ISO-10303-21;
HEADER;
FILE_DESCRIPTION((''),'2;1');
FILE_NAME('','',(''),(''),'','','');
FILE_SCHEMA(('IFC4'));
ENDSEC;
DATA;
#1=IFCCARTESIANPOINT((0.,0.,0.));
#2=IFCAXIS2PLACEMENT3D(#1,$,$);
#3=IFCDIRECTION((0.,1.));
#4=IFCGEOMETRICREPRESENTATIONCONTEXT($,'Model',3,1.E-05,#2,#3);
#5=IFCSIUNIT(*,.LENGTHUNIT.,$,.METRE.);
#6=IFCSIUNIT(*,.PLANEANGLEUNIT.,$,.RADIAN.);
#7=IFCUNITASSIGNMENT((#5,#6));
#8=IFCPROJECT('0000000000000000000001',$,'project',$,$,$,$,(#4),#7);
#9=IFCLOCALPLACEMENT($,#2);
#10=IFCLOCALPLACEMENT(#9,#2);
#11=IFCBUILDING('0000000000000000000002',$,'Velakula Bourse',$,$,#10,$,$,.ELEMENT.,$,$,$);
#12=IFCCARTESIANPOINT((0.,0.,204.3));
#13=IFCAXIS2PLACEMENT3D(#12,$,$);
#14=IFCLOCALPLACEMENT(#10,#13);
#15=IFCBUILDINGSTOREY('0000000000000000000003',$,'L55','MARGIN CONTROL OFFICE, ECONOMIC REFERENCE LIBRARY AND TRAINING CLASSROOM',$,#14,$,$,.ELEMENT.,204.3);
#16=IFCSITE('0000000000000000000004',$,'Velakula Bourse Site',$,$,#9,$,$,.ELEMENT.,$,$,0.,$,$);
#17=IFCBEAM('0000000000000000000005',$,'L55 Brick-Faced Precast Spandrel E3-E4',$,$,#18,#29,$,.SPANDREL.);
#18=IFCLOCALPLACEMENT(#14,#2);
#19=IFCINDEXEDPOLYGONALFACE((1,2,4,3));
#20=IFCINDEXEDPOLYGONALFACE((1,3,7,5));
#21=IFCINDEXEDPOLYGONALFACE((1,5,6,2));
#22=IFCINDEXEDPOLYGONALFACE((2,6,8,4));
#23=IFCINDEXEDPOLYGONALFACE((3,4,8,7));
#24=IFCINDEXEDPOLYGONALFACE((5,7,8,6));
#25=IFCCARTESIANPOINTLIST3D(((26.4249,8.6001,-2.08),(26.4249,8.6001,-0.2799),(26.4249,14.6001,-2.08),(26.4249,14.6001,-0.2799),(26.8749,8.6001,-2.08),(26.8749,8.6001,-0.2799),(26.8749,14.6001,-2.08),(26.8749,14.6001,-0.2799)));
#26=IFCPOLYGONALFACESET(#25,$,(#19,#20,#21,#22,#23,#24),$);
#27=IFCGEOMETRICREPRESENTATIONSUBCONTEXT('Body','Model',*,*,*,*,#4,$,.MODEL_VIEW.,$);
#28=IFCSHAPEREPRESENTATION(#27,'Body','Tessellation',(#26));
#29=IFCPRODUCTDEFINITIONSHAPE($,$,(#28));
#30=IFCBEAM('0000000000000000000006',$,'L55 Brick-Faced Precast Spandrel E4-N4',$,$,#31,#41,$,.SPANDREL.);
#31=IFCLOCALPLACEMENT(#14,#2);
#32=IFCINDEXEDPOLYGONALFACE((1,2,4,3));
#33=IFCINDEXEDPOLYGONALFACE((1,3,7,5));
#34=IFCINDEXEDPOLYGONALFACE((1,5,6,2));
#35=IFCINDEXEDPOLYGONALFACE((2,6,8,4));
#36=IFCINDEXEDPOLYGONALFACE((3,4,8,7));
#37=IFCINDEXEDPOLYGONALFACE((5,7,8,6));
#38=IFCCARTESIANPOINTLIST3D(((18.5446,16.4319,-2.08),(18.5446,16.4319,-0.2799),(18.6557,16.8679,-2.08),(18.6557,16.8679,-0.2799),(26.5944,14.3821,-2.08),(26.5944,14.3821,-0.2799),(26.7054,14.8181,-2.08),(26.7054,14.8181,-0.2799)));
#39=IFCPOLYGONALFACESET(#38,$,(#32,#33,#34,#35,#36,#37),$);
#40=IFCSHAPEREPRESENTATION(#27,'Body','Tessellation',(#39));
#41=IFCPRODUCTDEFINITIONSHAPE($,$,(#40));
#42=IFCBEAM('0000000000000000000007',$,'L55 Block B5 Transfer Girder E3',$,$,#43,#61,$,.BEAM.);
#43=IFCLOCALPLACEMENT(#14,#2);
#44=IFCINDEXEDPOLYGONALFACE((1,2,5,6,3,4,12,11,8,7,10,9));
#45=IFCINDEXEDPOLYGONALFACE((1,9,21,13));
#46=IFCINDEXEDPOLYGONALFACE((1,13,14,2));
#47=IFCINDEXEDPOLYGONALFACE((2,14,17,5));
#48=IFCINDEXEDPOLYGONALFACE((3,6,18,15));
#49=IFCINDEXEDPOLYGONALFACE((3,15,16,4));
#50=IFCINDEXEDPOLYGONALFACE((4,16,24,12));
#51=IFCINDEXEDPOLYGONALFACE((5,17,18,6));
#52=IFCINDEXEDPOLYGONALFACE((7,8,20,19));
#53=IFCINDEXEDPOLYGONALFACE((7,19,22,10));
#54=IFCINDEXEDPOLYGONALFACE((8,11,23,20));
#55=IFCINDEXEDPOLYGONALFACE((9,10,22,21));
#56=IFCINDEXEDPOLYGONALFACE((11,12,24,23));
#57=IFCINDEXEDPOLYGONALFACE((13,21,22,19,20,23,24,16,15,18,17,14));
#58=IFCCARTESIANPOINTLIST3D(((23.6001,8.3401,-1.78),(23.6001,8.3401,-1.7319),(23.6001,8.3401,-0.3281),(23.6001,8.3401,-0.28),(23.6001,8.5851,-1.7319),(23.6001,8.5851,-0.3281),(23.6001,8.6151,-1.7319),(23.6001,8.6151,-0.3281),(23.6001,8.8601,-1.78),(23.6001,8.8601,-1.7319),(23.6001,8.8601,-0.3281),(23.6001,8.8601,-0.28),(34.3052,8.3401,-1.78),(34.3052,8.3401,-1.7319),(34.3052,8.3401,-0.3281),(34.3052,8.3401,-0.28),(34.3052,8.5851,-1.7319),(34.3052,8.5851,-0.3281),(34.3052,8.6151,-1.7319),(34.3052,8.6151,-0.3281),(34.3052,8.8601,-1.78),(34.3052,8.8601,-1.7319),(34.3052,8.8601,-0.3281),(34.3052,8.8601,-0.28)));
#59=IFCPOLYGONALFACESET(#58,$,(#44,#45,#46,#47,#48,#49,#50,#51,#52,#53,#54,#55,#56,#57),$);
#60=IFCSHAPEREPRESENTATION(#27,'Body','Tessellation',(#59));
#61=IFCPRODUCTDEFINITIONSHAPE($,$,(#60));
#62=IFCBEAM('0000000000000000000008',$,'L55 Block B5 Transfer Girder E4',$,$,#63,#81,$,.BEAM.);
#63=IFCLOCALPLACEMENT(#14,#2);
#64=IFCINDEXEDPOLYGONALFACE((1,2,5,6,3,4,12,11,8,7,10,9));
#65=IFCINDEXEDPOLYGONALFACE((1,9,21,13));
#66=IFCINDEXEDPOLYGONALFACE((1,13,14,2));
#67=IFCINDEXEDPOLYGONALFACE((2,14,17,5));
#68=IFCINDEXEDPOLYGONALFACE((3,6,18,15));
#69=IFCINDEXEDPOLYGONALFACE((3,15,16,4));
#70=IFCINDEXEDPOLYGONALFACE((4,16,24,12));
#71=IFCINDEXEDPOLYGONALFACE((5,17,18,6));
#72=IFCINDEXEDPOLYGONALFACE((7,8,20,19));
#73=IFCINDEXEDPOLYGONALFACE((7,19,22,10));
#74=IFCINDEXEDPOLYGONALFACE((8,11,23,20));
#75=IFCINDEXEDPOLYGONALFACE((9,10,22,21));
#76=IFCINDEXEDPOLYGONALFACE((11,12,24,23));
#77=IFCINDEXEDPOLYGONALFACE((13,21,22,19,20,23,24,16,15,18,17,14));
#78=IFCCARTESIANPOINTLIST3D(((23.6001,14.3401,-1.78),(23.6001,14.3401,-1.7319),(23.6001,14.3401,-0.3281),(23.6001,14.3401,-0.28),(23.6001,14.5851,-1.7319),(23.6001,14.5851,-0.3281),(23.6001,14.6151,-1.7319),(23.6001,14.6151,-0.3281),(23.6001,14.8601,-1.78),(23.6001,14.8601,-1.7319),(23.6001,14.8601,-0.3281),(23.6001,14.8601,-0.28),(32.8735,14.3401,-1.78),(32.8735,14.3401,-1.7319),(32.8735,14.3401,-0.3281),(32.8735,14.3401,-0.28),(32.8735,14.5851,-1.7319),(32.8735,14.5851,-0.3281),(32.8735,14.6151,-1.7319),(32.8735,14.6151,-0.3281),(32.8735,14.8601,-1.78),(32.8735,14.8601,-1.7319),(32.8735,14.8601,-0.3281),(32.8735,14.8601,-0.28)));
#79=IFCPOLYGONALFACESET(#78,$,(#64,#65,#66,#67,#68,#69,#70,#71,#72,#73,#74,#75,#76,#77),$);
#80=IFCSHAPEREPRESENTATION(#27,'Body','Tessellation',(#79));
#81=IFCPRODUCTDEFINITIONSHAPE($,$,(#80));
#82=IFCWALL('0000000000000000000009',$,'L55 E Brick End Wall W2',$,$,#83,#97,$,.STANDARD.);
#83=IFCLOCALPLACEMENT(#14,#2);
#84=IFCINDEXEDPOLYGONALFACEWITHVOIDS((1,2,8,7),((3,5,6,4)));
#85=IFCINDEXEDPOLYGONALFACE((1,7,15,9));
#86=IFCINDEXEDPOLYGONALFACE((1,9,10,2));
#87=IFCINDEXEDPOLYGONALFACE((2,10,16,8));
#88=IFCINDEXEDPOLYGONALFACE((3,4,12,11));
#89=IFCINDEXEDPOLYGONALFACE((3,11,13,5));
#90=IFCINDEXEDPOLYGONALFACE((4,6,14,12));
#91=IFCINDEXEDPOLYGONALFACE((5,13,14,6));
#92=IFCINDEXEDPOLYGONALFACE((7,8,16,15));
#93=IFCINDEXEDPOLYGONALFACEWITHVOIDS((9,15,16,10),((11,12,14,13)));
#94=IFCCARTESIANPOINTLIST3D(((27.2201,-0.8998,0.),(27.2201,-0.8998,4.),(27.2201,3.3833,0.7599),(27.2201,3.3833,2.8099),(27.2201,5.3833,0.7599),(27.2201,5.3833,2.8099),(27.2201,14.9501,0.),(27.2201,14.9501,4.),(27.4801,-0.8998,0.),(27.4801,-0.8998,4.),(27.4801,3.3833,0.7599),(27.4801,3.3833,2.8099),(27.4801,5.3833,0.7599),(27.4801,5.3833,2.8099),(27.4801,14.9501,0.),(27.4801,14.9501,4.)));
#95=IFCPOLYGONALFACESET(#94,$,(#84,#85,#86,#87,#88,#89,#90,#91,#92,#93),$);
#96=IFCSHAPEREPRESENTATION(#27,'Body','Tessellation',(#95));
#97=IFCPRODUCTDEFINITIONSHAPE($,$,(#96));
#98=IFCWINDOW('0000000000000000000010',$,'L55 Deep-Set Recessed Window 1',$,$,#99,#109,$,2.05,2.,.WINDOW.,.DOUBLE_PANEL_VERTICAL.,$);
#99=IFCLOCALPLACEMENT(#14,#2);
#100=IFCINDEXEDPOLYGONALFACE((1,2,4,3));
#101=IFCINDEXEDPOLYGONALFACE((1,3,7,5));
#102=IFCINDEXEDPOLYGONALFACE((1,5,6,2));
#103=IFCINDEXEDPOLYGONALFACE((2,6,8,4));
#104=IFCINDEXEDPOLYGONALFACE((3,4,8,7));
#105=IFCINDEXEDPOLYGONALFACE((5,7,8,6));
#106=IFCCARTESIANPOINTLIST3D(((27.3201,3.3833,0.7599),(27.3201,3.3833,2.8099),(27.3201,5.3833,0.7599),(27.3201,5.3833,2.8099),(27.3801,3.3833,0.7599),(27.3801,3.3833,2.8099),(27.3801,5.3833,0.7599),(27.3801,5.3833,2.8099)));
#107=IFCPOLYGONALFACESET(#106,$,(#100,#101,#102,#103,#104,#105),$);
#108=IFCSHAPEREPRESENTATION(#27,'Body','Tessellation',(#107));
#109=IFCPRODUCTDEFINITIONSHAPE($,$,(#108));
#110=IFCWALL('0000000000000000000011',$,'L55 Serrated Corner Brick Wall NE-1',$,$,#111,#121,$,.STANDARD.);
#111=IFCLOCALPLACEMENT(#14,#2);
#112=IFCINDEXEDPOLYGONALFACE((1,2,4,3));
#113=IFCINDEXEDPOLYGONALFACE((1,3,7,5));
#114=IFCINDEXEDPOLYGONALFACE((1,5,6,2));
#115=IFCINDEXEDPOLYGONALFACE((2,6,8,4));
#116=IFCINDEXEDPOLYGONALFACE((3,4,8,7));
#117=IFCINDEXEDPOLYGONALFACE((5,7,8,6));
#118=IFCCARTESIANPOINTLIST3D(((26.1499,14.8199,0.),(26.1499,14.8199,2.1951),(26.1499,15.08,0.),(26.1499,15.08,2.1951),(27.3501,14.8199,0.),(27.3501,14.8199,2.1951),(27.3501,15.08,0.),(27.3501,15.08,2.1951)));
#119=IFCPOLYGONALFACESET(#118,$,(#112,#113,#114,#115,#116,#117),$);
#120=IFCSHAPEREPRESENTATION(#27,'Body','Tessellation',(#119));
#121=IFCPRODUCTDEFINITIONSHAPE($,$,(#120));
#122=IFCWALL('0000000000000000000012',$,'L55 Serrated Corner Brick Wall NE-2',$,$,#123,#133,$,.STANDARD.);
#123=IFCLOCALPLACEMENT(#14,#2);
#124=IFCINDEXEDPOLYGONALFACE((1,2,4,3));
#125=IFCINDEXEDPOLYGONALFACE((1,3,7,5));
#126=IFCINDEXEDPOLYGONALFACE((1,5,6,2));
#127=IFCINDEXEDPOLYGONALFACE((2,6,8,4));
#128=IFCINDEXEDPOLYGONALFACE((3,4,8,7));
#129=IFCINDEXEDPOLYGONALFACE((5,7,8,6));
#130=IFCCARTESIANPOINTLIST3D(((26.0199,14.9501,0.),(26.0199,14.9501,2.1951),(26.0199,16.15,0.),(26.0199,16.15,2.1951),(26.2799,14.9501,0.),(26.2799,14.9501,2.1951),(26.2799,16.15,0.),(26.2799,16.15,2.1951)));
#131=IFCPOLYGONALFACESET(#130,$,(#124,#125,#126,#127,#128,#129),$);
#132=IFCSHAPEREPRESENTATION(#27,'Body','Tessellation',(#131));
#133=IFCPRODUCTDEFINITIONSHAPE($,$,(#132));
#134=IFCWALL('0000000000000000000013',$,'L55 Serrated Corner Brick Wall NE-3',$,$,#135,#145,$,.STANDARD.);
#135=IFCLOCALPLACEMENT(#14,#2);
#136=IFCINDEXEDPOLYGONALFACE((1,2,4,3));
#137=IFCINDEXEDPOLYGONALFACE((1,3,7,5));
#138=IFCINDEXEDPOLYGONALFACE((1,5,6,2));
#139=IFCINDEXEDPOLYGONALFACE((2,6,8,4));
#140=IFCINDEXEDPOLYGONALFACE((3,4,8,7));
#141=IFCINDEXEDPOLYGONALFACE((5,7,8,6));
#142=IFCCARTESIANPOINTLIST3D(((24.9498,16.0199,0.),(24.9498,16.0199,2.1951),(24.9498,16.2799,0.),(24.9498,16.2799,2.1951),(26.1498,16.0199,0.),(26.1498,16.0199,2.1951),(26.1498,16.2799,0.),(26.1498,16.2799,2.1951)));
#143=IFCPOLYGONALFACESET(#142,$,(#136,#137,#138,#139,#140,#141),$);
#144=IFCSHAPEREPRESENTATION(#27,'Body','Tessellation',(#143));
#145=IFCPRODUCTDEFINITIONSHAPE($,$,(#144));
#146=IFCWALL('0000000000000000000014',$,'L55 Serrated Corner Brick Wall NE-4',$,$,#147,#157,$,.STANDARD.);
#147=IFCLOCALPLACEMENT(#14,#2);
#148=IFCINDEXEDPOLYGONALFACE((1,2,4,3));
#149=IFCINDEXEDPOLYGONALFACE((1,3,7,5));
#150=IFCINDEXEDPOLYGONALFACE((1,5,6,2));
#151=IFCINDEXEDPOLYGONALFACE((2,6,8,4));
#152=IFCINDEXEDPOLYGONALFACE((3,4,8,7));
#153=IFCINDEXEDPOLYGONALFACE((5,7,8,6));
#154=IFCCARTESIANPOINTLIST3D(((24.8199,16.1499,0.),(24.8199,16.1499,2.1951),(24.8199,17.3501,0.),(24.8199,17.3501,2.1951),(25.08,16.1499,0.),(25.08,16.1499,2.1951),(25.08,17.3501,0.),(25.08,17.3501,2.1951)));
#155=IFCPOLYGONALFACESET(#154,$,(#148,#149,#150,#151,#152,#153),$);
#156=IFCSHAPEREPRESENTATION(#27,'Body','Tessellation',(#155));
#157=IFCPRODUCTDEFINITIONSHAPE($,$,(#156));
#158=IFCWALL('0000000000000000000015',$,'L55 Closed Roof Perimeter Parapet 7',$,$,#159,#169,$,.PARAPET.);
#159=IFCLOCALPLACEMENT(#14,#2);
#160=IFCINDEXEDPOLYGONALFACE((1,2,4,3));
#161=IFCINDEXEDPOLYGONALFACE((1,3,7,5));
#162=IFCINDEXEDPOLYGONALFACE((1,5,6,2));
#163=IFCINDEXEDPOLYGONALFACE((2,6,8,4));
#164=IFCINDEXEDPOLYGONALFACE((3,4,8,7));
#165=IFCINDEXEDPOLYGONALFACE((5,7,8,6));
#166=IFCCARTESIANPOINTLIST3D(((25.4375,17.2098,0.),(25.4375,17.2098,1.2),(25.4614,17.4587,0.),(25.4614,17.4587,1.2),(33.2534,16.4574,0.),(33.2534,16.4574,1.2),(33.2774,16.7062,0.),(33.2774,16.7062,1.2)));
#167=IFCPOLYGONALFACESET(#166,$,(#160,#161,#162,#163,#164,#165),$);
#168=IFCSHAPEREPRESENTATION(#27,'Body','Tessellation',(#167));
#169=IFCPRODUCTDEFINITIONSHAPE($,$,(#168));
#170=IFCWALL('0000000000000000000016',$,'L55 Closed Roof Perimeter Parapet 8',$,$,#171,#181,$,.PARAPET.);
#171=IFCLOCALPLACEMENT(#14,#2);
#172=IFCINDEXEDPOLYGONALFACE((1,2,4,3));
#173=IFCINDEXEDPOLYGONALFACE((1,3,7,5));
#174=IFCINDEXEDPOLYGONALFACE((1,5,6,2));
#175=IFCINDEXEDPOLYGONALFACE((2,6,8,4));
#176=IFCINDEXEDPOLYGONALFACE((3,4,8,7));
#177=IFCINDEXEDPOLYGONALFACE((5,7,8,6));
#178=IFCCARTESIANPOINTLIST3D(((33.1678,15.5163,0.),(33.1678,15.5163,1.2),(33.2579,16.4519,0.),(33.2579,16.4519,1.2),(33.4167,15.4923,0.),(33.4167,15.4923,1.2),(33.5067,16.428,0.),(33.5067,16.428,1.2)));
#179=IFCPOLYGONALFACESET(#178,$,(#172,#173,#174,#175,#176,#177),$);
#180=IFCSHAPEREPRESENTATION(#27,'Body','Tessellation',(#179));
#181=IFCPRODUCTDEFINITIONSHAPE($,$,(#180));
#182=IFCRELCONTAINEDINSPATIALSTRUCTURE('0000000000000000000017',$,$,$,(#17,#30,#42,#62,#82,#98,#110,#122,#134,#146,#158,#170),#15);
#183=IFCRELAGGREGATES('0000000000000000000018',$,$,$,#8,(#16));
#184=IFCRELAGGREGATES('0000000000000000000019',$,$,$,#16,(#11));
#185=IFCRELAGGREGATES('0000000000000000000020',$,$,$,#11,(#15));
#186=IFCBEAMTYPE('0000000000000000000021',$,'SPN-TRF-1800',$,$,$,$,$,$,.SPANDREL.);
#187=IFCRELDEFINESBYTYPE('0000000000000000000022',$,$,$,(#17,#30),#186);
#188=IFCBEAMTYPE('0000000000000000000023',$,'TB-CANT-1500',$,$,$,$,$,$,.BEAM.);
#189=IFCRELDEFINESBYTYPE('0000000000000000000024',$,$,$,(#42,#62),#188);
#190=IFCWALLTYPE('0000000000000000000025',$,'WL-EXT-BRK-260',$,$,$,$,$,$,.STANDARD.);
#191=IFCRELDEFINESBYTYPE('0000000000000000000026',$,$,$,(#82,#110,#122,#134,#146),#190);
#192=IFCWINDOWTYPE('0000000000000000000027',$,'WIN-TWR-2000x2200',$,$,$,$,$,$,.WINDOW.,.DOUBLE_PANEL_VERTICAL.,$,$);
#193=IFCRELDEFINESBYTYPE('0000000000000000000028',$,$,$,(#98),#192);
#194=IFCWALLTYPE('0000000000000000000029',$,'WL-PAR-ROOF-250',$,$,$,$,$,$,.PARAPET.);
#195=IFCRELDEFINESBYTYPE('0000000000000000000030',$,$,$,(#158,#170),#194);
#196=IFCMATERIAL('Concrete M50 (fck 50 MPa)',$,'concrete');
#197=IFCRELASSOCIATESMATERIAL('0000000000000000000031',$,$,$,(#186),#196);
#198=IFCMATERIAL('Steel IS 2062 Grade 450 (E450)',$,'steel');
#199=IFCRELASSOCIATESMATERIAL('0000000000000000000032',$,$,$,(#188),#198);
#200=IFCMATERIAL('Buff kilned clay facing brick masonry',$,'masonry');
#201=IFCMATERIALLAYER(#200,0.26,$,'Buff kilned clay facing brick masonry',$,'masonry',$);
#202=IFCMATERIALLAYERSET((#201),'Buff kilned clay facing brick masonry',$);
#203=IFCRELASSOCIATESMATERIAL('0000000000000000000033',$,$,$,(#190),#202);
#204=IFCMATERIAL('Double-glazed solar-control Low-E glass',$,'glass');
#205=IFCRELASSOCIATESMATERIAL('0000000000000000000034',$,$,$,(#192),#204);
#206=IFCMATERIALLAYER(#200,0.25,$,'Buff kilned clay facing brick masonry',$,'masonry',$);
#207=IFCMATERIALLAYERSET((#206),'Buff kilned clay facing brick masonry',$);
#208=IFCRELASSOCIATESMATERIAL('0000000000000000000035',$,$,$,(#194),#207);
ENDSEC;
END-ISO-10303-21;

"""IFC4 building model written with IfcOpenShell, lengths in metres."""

from ifc_helpers import new_model, si_unit, direction, frame, frame_2d, origin, origin_2d, place, context, subcontext, project, spatial, rectangle, i_section, extrude, material, layer, layer_set, material_profile, profile_set, type_object, element, fill, save


model = new_model("IFC4")

# Units and contexts
model_context = context("Model", 3, precision=1e-05, world=origin(), true_north=direction((0.0, 1.0)))
body_context = subcontext(model_context, "Body", "Model", "MODEL_VIEW")
ifc_project = project(units=[si_unit("LENGTHUNIT", "METRE"), si_unit("PLANEANGLEUNIT", "RADIAN")], contexts=[model_context])

# Site, building, storey
site_placement = place(None, origin())
site = spatial("IfcSite", under=ifc_project, at=site_placement, Name="Velakula Bourse Site", CompositionType="ELEMENT", RefElevation=0.0)
building_placement = place(site_placement, origin())
building = spatial("IfcBuilding", under=site, at=building_placement, Name="Velakula Bourse", CompositionType="ELEMENT")
storey_placement = place(building_placement, frame((0.0, 0.0, 204.3)))
storey = spatial("IfcBuildingStorey", under=building, at=storey_placement, Name="L55", Description="MARGIN CONTROL OFFICE, ECONOMIC REFERENCE LIBRARY AND TRAINING CLASSROOM", CompositionType="ELEMENT", Elevation=204.3)

# Beams
ifc_material_1 = material(Name="Concrete M50 (fck 50 MPa)", Category="concrete")
ifc_material_profile_1 = material_profile(ifc_material_1, rectangle(XDim=0.45, YDim=1.8, at=origin_2d()), Name="Concrete M50 (fck 50 MPa)")
ifc_profile_set_1 = profile_set([ifc_material_profile_1], Name="Concrete M50 (fck 50 MPa)")
beam_type_1 = type_object("IfcBeamType", Name="SPN-TRF-1800", PredefinedType="SPANDREL", material=ifc_profile_set_1)
beam_1_placement = place(storey_placement, frame((26.6499, 8.6001, -1.1799), z_axis=(0.0, 1.0, 0.0), x_axis=(-1.0, 0.0, 0.0)))
element("IfcBeam", 1, at=beam_1_placement, inside=storey, type_object=beam_type_1, Name="L55 Brick-Faced Precast Spandrel E3-E4", PredefinedType="SPANDREL", context=body_context, shape_type="SweptSolid", body=[
    extrude(rectangle(XDim=0.45, YDim=1.8, at=origin_2d()), origin(), (0.0, 0.0, 1.0), 6.0),
])
beam_2_placement = place(storey_placement, frame((26.6499, 14.6001, -1.1799), z_axis=(-0.969075, 0.246766, 0.0), x_axis=(-0.246766, -0.969075, 0.0)))
element("IfcBeam", 2, at=beam_2_placement, inside=storey, type_object=beam_type_1, Name="L55 Brick-Faced Precast Spandrel E4-N4", PredefinedType="SPANDREL", context=body_context, shape_type="SweptSolid", body=[
    extrude(rectangle(XDim=0.45, YDim=1.8, at=origin_2d()), origin(), (0.0, 0.0, 1.0), 8.3066),
])
ifc_material_2 = material(Name="Steel IS 2062 Grade 450 (E450)", Category="steel")
ifc_material_profile_2 = material_profile(ifc_material_2, i_section(OverallWidth=0.52, OverallDepth=1.5, WebThickness=0.03, FlangeThickness=0.0481, at=origin_2d()), Name="Steel IS 2062 Grade 450 (E450)")
ifc_profile_set_2 = profile_set([ifc_material_profile_2], Name="Steel IS 2062 Grade 450 (E450)")
beam_type_2 = type_object("IfcBeamType", Name="TB-CANT-1500", PredefinedType="BEAM", material=ifc_profile_set_2)
beam_3_placement = place(storey_placement, frame((23.6001, 8.6001, -1.03), z_axis=(1.0, 0.0, 0.0), x_axis=(0.0, 1.0, 0.0)))
element("IfcBeam", 3, at=beam_3_placement, inside=storey, type_object=beam_type_2, Name="L55 Block B5 Transfer Girder E3", PredefinedType="BEAM", context=body_context, shape_type="SweptSolid", body=[
    extrude(i_section(OverallWidth=0.52, OverallDepth=1.5, WebThickness=0.03, FlangeThickness=0.0481, at=origin_2d()), origin(), (0.0, 0.0, 1.0), 10.7051),
])
beam_4_placement = place(storey_placement, frame((23.6001, 14.6001, -1.03), z_axis=(1.0, 0.0, 0.0), x_axis=(0.0, 1.0, 0.0)))
element("IfcBeam", 4, at=beam_4_placement, inside=storey, type_object=beam_type_2, Name="L55 Block B5 Transfer Girder E4", PredefinedType="BEAM", context=body_context, shape_type="SweptSolid", body=[
    extrude(i_section(OverallWidth=0.52, OverallDepth=1.5, WebThickness=0.03, FlangeThickness=0.0481, at=origin_2d()), origin(), (0.0, 0.0, 1.0), 9.2734),
])

# Wall, opening, window
ifc_material_3 = material(Name="Buff kilned clay facing brick masonry", Category="masonry")
ifc_layer_1 = layer(ifc_material_3, 0.26, Name="Buff kilned clay facing brick masonry", Category="masonry")
ifc_layer_set_1 = layer_set([ifc_layer_1], Name="Buff kilned clay facing brick masonry")
wall_type_1 = type_object("IfcWallType", Name="WL-EXT-BRK-260", PredefinedType="STANDARD", material=ifc_layer_set_1)
wall_1_placement = place(storey_placement, frame((27.3501, 14.95, 0.0), z_axis=(0.0, 0.0, 1.0), x_axis=(0.0, -1.0, 0.0)))
wall_1 = element("IfcWall", 5, at=wall_1_placement, inside=storey, type_object=wall_type_1, Name="L55 E Brick End Wall W2", PredefinedType="STANDARD", context=body_context, shape_type="SweptSolid", body=[
    extrude(rectangle(XDim=15.8499, YDim=0.26, at=frame_2d((7.9248, 0.0))), origin(), (0.0, 0.0, 1.0), 4.0),
])
opening_placement = place(wall_1_placement, frame((9.5667, 0.0, 0.76)))
opening = element("IfcOpeningElement", 6, at=opening_placement, cuts=wall_1, PredefinedType="OPENING", context=body_context, shape_type="SweptSolid", body=[
    extrude(rectangle(XDim=2.0, YDim=2.05, at=frame_2d((1.0, 1.0249))), frame((0.0, 0.1399, 0.0), z_axis=(0.0, -1.0, 0.0), x_axis=(1.0, 0.0, 0.0)), (0.0, 0.0, 1.0), 0.28),
])
ifc_material_4 = material(Name="Double-glazed solar-control Low-E glass", Category="glass")
window_type = type_object("IfcWindowType", Name="WIN-TWR-2000x2200", PartitioningType="DOUBLE_PANEL_VERTICAL", PredefinedType="WINDOW", material=ifc_material_4)
window_placement = place(opening_placement, origin())
window = element("IfcWindow", 7, at=window_placement, inside=storey, type_object=window_type, Name="L55 Deep-Set Recessed Window 1", OverallHeight=2.05, OverallWidth=2.0, PartitioningType="DOUBLE_PANEL_VERTICAL", PredefinedType="WINDOW", context=body_context, shape_type="SweptSolid", body=[
    extrude(rectangle(XDim=2.0, YDim=2.05, at=frame_2d((1.0, 1.0249))), frame((0.0, 0.03, 0.0), z_axis=(0.0, -1.0, 0.0), x_axis=(1.0, 0.0, 0.0)), (0.0, 0.0, 1.0), 0.0601),
])
fill(opening, window)

# Walls
wall_2_placement = place(storey_placement, frame((27.3501, 14.95, 0.0), z_axis=(0.0, 0.0, 1.0), x_axis=(-1.0, 0.0, 0.0)))
element("IfcWall", 8, at=wall_2_placement, inside=storey, type_object=wall_type_1, Name="L55 Serrated Corner Brick Wall NE-1", PredefinedType="STANDARD", context=body_context, shape_type="SweptSolid", body=[
    extrude(rectangle(XDim=1.2002, YDim=0.26, at=frame_2d((0.6001, 0.0))), origin(), (0.0, 0.0, 1.0), 2.1951),
])
for number, where, z_axis, x_axis, name in (
    (9, (26.1499, 14.95, 0.0), (0.0, 0.0, 1.0), (0.0, 1.0, 0.0), "L55 Serrated Corner Brick Wall NE-2"),
    (10, (26.1499, 16.1499, 0.0), (0.0, 0.0, 1.0), (-1.0, 0.0, 0.0), "L55 Serrated Corner Brick Wall NE-3"),
):
    element("IfcWall", number, at=place(storey_placement, frame(where, z_axis=z_axis, x_axis=x_axis)), inside=storey, type_object=wall_type_1, Name=name, PredefinedType="STANDARD", context=body_context, shape_type="SweptSolid", body=[
        extrude(rectangle(XDim=1.2, YDim=0.26, at=frame_2d((0.6001, 0.0))), origin(), (0.0, 0.0, 1.0), 2.1951),
    ])
wall_3_placement = place(storey_placement, frame((24.95, 16.1499, 0.0), z_axis=(0.0, 0.0, 1.0), x_axis=(0.0, 1.0, 0.0)))
element("IfcWall", 11, at=wall_3_placement, inside=storey, type_object=wall_type_1, Name="L55 Serrated Corner Brick Wall NE-4", PredefinedType="STANDARD", context=body_context, shape_type="SweptSolid", body=[
    extrude(rectangle(XDim=1.2002, YDim=0.26, at=frame_2d((0.6001, 0.0))), origin(), (0.0, 0.0, 1.0), 2.1951),
])
ifc_layer_2 = layer(ifc_material_3, 0.25, Name="Buff kilned clay facing brick masonry", Category="masonry")
ifc_layer_set_2 = layer_set([ifc_layer_2], Name="Buff kilned clay facing brick masonry")
wall_type_2 = type_object("IfcWallType", Name="WL-PAR-ROOF-250", PredefinedType="PARAPET", material=ifc_layer_set_2)
wall_4_placement = place(storey_placement, frame((25.4495, 17.3342, 0.0), z_axis=(0.0, 0.0, 1.0), x_axis=(0.995398, -0.095827, 0.0)))
element("IfcWall", 12, at=wall_4_placement, inside=storey, type_object=wall_type_2, Name="L55 Closed Roof Perimeter Parapet 7", PredefinedType="PARAPET", context=body_context, shape_type="SweptSolid", body=[
    extrude(rectangle(XDim=7.8521, YDim=0.25, at=frame_2d((3.926, 0.0))), origin(), (0.0, 0.0, 1.0), 1.2),
])
wall_5_placement = place(storey_placement, frame((33.3823, 16.4399, 0.0), z_axis=(0.0, 0.0, 1.0), x_axis=(-0.095851, -0.995396, 0.0)))
element("IfcWall", 13, at=wall_5_placement, inside=storey, type_object=wall_type_2, Name="L55 Closed Roof Perimeter Parapet 8", PredefinedType="PARAPET", context=body_context, shape_type="SweptSolid", body=[
    extrude(rectangle(XDim=0.9399, YDim=0.25, at=frame_2d((0.47, 0.0))), origin(), (0.0, 0.0, 1.0), 1.2),
])

save(model, "model.ifc")
